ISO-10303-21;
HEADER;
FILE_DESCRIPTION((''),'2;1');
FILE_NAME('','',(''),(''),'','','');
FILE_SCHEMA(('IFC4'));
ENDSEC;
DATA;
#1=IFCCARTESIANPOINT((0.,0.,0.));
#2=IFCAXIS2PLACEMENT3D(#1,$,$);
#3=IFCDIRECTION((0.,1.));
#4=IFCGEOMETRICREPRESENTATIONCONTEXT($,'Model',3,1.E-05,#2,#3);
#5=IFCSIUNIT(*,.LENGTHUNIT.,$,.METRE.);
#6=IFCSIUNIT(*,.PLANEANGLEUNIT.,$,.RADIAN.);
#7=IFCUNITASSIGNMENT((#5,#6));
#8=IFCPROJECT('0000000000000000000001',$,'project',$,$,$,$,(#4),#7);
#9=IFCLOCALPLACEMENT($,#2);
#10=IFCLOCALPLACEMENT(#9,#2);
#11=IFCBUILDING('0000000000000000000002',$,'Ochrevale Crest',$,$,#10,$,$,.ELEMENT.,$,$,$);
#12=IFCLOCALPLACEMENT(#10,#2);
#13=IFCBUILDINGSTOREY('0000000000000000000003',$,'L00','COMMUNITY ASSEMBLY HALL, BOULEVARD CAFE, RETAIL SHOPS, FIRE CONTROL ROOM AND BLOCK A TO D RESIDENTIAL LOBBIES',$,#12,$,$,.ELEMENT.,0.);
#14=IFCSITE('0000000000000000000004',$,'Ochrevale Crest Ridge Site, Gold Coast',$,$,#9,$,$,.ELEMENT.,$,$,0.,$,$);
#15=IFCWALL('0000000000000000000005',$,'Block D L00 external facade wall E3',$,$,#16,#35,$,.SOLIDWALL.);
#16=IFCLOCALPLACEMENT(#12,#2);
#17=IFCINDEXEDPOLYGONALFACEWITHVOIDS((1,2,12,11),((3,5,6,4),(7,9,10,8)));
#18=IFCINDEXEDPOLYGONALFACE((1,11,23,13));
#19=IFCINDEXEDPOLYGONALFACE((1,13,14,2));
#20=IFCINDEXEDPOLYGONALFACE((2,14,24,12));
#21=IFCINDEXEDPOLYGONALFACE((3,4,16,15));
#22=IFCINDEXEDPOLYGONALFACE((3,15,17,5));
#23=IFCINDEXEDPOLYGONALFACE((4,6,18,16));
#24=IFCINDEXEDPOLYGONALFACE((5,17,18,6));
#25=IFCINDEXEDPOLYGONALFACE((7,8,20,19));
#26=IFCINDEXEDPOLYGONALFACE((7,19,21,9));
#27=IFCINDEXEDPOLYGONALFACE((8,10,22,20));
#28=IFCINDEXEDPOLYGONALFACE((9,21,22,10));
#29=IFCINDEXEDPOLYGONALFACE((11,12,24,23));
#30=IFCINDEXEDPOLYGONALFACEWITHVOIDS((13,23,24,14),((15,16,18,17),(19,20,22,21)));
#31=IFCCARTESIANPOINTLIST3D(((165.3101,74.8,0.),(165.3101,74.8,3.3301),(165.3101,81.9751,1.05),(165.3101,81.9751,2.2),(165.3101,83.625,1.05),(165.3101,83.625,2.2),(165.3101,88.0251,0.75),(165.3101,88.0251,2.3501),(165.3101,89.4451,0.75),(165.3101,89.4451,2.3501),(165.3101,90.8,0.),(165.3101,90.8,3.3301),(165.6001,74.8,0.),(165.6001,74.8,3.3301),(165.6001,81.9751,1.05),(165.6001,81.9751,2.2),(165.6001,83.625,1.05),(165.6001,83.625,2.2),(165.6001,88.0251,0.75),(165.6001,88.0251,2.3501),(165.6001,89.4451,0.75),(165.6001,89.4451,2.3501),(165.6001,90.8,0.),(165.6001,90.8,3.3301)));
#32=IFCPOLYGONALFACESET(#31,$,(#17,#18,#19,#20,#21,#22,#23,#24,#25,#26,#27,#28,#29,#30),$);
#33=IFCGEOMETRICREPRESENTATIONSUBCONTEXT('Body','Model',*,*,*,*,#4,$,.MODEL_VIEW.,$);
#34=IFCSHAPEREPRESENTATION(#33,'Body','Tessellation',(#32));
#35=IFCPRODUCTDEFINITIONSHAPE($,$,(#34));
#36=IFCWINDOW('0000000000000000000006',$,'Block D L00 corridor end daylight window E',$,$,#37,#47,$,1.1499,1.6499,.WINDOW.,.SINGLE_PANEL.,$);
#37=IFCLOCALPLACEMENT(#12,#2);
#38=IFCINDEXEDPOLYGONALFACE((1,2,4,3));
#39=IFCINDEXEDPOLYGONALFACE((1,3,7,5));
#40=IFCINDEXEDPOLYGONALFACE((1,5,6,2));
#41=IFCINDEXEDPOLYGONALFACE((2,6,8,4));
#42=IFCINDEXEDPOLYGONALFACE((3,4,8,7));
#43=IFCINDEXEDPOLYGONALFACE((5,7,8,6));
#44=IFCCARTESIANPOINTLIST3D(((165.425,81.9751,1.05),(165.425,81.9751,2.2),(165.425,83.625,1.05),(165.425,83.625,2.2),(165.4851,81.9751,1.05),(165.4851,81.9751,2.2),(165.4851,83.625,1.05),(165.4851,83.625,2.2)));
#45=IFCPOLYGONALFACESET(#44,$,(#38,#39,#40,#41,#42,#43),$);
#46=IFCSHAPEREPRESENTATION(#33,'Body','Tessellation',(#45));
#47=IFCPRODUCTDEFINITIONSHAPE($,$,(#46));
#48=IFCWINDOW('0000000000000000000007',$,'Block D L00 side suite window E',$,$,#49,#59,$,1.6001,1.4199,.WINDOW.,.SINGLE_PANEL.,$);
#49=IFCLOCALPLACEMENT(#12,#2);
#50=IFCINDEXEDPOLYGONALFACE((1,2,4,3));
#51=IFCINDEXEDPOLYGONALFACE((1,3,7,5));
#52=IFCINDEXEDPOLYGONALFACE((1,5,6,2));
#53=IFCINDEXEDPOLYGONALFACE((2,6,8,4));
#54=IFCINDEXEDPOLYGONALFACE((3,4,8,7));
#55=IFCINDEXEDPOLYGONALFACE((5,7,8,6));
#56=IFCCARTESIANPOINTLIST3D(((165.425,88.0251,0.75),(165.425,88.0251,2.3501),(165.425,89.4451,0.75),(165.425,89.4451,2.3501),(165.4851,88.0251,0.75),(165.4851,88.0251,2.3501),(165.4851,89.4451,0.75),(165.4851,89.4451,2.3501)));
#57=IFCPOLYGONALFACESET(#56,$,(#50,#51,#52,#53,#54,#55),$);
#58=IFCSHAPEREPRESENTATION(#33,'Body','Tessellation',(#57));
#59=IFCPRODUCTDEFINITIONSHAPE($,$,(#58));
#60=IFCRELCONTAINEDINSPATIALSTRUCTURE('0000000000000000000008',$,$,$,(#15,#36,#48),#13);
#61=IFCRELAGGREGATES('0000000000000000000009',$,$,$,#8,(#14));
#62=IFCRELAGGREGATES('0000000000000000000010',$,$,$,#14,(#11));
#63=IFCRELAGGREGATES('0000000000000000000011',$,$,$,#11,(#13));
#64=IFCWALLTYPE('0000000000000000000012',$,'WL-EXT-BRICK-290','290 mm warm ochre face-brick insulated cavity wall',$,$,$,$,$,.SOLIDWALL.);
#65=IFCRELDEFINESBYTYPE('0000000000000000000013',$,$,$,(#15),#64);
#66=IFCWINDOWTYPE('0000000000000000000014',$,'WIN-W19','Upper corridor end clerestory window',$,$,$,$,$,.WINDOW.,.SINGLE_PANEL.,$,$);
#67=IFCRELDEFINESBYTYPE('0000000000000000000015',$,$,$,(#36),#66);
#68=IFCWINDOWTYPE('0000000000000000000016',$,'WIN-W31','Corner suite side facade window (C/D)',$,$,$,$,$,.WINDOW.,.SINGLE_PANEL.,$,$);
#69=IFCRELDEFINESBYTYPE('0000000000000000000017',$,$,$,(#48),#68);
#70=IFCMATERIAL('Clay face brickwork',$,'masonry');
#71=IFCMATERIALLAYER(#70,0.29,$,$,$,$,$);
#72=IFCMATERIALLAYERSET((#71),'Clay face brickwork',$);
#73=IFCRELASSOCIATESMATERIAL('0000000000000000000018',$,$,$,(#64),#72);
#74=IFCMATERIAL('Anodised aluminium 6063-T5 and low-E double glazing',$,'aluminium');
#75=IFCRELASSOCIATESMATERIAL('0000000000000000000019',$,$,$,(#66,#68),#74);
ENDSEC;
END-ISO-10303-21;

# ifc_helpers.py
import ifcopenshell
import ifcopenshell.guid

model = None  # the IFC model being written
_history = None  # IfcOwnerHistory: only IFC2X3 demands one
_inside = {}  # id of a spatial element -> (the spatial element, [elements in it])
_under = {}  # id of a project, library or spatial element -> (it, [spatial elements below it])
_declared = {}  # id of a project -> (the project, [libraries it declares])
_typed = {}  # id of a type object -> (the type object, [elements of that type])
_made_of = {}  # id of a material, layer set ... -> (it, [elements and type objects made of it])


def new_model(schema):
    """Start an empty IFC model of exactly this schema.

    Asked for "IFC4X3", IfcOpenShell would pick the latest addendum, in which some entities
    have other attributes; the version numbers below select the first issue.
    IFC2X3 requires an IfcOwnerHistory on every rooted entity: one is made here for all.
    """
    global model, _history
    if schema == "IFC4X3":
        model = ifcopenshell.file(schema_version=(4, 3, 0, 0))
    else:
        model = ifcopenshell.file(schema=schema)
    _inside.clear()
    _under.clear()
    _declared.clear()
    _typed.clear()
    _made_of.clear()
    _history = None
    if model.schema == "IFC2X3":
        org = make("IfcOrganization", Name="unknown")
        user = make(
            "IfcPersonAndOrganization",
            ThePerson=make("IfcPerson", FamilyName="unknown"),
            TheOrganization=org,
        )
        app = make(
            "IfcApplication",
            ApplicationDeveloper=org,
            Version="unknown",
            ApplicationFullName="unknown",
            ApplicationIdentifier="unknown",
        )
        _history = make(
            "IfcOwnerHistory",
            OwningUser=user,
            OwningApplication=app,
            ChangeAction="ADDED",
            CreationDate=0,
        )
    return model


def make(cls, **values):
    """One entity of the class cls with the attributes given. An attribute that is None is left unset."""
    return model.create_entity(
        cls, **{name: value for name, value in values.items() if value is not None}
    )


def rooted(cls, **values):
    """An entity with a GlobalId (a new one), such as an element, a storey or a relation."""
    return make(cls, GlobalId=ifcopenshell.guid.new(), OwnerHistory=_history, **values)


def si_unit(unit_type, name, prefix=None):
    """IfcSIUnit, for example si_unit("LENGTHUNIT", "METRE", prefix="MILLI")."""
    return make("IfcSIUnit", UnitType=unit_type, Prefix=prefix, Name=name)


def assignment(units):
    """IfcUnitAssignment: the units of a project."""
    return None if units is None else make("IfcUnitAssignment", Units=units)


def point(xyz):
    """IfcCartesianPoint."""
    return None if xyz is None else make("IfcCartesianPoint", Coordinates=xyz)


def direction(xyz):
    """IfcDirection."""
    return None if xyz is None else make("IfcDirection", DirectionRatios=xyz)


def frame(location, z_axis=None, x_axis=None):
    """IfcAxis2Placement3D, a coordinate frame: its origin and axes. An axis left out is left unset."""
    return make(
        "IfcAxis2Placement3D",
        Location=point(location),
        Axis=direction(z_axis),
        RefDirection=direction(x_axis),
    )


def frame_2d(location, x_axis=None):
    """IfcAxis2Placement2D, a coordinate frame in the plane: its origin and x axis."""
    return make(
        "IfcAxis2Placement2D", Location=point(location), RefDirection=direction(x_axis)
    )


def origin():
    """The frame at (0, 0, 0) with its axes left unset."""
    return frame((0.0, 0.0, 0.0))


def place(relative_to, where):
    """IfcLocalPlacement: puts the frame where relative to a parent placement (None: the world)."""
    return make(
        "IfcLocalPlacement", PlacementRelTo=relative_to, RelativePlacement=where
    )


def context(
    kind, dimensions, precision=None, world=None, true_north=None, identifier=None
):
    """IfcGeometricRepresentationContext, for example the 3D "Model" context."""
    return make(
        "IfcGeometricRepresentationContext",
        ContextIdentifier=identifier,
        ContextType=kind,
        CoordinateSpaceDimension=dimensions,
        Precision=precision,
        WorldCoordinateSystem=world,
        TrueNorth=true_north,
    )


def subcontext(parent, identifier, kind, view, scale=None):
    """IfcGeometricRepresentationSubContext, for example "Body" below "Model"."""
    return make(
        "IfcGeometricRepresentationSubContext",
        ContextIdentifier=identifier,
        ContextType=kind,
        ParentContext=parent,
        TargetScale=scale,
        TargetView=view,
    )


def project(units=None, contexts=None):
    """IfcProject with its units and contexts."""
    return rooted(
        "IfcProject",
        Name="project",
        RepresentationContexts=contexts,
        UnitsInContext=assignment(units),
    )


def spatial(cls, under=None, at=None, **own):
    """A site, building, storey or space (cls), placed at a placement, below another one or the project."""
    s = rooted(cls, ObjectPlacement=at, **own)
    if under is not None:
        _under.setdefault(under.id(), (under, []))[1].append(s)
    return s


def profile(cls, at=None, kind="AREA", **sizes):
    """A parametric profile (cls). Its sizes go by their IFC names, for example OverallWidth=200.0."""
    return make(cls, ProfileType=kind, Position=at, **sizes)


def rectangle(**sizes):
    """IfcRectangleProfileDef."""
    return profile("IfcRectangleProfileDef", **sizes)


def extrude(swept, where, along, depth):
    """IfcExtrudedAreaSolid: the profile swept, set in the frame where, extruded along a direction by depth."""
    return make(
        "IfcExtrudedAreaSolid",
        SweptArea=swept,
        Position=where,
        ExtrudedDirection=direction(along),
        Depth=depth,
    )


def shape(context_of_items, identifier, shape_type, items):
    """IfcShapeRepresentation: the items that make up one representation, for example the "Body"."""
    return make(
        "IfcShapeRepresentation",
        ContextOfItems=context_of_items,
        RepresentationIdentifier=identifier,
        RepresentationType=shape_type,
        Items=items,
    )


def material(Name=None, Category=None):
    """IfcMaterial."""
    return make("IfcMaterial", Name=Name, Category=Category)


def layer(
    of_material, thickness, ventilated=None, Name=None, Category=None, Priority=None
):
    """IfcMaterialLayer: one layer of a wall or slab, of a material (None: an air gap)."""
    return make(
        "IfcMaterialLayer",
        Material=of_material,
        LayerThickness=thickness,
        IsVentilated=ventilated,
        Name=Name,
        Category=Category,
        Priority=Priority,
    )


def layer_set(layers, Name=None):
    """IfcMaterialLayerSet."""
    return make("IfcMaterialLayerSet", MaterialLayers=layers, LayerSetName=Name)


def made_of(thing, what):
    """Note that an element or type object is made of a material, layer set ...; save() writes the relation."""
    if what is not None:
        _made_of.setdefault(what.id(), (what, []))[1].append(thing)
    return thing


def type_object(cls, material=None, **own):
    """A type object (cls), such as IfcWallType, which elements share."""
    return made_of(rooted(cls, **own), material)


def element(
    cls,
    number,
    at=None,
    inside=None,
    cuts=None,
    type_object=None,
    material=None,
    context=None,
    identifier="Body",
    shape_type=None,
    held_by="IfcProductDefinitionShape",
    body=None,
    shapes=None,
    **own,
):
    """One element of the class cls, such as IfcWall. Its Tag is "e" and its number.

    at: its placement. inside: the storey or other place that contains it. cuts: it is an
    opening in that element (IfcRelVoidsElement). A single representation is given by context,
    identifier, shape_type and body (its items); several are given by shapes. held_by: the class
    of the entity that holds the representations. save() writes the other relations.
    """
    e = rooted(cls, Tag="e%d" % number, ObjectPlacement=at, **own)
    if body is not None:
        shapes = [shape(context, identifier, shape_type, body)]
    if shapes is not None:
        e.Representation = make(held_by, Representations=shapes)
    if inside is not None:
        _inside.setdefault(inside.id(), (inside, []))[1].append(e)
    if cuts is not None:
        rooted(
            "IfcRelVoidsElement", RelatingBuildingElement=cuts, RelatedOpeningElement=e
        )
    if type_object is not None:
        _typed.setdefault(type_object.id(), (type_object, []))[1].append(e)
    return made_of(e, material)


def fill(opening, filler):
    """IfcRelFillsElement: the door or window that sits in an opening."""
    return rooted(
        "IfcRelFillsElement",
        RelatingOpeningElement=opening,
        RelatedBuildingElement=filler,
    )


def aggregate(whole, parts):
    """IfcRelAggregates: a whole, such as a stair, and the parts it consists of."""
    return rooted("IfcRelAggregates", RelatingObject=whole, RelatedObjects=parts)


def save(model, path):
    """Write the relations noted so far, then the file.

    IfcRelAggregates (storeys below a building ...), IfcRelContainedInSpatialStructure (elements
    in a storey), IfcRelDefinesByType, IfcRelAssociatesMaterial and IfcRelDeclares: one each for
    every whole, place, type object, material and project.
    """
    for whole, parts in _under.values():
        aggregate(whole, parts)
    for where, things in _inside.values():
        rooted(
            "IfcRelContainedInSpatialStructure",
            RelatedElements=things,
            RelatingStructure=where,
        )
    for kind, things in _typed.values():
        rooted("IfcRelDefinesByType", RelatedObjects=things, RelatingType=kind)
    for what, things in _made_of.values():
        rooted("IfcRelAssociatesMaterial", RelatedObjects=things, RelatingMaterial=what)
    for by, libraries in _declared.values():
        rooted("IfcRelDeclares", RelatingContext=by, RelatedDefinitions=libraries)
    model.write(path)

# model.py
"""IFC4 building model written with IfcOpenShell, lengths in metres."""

from ifc_helpers import new_model, si_unit, direction, frame, frame_2d, origin, place, context, subcontext, project, spatial, rectangle, extrude, material, layer, layer_set, type_object, element, fill, save


model = new_model("IFC4")

# Units and contexts
model_context = context("Model", 3, precision=1e-05, world=origin(), true_north=direction((0.0, 1.0)))
body_context = subcontext(model_context, "Body", "Model", "MODEL_VIEW")
ifc_project = project(units=[si_unit("LENGTHUNIT", "METRE"), si_unit("PLANEANGLEUNIT", "RADIAN")], contexts=[model_context])

# Site, building, storey
site_placement = place(None, origin())
site = spatial("IfcSite", under=ifc_project, at=site_placement, Name="Ochrevale Crest Ridge Site, Gold Coast", CompositionType="ELEMENT", RefElevation=0.0)
building_placement = place(site_placement, origin())
building = spatial("IfcBuilding", under=site, at=building_placement, Name="Ochrevale Crest", CompositionType="ELEMENT")
storey_placement = place(building_placement, origin())
storey = spatial("IfcBuildingStorey", under=building, at=storey_placement, Name="L00", Description="COMMUNITY ASSEMBLY HALL, BOULEVARD CAFE, RETAIL SHOPS, FIRE CONTROL ROOM AND BLOCK A TO D RESIDENTIAL LOBBIES", CompositionType="ELEMENT", Elevation=0.0)

# Shared definitions
ifc_material_1 = material(Name="Clay face brickwork", Category="masonry")
ifc_layer_1 = layer(ifc_material_1, 0.29)
ifc_layer_set_1 = layer_set([ifc_layer_1], Name="Clay face brickwork")
wall_type_1 = type_object("IfcWallType", Name="WL-EXT-BRICK-290", Description="290 mm warm ochre face-brick insulated cavity wall", PredefinedType="SOLIDWALL", material=ifc_layer_set_1)
ifc_material_2 = material(Name="Anodised aluminium 6063-T5 and low-E double glazing", Category="aluminium")

# Wall, openings, windows
wall_1_placement = place(storey_placement, frame((165.4551, 74.8, 0.0), z_axis=(0.0, 0.0, 1.0), x_axis=(0.0, 1.0, 0.0)))
wall_1 = element("IfcWall", 1, at=wall_1_placement, inside=storey, type_object=wall_type_1, Name="Block D L00 external facade wall E3", PredefinedType="SOLIDWALL", context=body_context, shape_type="SweptSolid", body=[
    extrude(rectangle(XDim=16.0, YDim=0.29, at=frame_2d((8.0, 0.0))), origin(), (0.0, 0.0, 1.0), 3.3301),
])
opening_1_placement = place(wall_1_placement, frame((7.175, 0.0, 1.05)))
opening_1 = element("IfcOpeningElement", 2, at=opening_1_placement, cuts=wall_1, PredefinedType="OPENING", context=body_context, shape_type="SweptSolid", body=[
    extrude(rectangle(XDim=1.6499, YDim=1.1499, at=frame_2d((0.825, 0.575))), frame((0.0, 0.155, 0.0), z_axis=(0.0, -1.0, 0.0), x_axis=(1.0, 0.0, 0.0)), (0.0, 0.0, 1.0), 0.3101),
])
opening_2_placement = place(wall_1_placement, frame((13.2251, 0.0, 0.75)))
opening_2 = element("IfcOpeningElement", 3, at=opening_2_placement, cuts=wall_1, PredefinedType="OPENING", context=body_context, shape_type="SweptSolid", body=[
    extrude(rectangle(XDim=1.4199, YDim=1.6001, at=frame_2d((0.71, 0.8))), frame((0.0, 0.155, 0.0), z_axis=(0.0, -1.0, 0.0), x_axis=(1.0, 0.0, 0.0)), (0.0, 0.0, 1.0), 0.3101),
])
window_type_1 = type_object("IfcWindowType", Name="WIN-W19", Description="Upper corridor end clerestory window", PartitioningType="SINGLE_PANEL", PredefinedType="WINDOW", material=ifc_material_2)
window_1_placement = place(opening_1_placement, origin())
window_1 = element("IfcWindow", 4, at=window_1_placement, inside=storey, type_object=window_type_1, Name="Block D L00 corridor end daylight window E", OverallHeight=1.1499, OverallWidth=1.6499, PartitioningType="SINGLE_PANEL", PredefinedType="WINDOW", context=body_context, shape_type="SweptSolid", body=[
    extrude(rectangle(XDim=1.6499, YDim=1.1499, at=frame_2d((0.825, 0.575))), frame((0.0, 0.03, 0.0), z_axis=(0.0, -1.0, 0.0), x_axis=(1.0, 0.0, 0.0)), (0.0, 0.0, 1.0), 0.0601),
])
fill(opening_1, window_1)
window_type_2 = type_object("IfcWindowType", Name="WIN-W31", Description="Corner suite side facade window (C/D)", PartitioningType="SINGLE_PANEL", PredefinedType="WINDOW", material=ifc_material_2)
window_2_placement = place(opening_2_placement, origin())
window_2 = element("IfcWindow", 5, at=window_2_placement, inside=storey, type_object=window_type_2, Name="Block D L00 side suite window E", OverallHeight=1.6001, OverallWidth=1.4199, PartitioningType="SINGLE_PANEL", PredefinedType="WINDOW", context=body_context, shape_type="SweptSolid", body=[
    extrude(rectangle(XDim=1.4199, YDim=1.6001, at=frame_2d((0.71, 0.8))), frame((0.0, 0.03, 0.0), z_axis=(0.0, -1.0, 0.0), x_axis=(1.0, 0.0, 0.0)), (0.0, 0.0, 1.0), 0.0601),
])
fill(opening_2, window_2)

save(model, "model.ifc")
